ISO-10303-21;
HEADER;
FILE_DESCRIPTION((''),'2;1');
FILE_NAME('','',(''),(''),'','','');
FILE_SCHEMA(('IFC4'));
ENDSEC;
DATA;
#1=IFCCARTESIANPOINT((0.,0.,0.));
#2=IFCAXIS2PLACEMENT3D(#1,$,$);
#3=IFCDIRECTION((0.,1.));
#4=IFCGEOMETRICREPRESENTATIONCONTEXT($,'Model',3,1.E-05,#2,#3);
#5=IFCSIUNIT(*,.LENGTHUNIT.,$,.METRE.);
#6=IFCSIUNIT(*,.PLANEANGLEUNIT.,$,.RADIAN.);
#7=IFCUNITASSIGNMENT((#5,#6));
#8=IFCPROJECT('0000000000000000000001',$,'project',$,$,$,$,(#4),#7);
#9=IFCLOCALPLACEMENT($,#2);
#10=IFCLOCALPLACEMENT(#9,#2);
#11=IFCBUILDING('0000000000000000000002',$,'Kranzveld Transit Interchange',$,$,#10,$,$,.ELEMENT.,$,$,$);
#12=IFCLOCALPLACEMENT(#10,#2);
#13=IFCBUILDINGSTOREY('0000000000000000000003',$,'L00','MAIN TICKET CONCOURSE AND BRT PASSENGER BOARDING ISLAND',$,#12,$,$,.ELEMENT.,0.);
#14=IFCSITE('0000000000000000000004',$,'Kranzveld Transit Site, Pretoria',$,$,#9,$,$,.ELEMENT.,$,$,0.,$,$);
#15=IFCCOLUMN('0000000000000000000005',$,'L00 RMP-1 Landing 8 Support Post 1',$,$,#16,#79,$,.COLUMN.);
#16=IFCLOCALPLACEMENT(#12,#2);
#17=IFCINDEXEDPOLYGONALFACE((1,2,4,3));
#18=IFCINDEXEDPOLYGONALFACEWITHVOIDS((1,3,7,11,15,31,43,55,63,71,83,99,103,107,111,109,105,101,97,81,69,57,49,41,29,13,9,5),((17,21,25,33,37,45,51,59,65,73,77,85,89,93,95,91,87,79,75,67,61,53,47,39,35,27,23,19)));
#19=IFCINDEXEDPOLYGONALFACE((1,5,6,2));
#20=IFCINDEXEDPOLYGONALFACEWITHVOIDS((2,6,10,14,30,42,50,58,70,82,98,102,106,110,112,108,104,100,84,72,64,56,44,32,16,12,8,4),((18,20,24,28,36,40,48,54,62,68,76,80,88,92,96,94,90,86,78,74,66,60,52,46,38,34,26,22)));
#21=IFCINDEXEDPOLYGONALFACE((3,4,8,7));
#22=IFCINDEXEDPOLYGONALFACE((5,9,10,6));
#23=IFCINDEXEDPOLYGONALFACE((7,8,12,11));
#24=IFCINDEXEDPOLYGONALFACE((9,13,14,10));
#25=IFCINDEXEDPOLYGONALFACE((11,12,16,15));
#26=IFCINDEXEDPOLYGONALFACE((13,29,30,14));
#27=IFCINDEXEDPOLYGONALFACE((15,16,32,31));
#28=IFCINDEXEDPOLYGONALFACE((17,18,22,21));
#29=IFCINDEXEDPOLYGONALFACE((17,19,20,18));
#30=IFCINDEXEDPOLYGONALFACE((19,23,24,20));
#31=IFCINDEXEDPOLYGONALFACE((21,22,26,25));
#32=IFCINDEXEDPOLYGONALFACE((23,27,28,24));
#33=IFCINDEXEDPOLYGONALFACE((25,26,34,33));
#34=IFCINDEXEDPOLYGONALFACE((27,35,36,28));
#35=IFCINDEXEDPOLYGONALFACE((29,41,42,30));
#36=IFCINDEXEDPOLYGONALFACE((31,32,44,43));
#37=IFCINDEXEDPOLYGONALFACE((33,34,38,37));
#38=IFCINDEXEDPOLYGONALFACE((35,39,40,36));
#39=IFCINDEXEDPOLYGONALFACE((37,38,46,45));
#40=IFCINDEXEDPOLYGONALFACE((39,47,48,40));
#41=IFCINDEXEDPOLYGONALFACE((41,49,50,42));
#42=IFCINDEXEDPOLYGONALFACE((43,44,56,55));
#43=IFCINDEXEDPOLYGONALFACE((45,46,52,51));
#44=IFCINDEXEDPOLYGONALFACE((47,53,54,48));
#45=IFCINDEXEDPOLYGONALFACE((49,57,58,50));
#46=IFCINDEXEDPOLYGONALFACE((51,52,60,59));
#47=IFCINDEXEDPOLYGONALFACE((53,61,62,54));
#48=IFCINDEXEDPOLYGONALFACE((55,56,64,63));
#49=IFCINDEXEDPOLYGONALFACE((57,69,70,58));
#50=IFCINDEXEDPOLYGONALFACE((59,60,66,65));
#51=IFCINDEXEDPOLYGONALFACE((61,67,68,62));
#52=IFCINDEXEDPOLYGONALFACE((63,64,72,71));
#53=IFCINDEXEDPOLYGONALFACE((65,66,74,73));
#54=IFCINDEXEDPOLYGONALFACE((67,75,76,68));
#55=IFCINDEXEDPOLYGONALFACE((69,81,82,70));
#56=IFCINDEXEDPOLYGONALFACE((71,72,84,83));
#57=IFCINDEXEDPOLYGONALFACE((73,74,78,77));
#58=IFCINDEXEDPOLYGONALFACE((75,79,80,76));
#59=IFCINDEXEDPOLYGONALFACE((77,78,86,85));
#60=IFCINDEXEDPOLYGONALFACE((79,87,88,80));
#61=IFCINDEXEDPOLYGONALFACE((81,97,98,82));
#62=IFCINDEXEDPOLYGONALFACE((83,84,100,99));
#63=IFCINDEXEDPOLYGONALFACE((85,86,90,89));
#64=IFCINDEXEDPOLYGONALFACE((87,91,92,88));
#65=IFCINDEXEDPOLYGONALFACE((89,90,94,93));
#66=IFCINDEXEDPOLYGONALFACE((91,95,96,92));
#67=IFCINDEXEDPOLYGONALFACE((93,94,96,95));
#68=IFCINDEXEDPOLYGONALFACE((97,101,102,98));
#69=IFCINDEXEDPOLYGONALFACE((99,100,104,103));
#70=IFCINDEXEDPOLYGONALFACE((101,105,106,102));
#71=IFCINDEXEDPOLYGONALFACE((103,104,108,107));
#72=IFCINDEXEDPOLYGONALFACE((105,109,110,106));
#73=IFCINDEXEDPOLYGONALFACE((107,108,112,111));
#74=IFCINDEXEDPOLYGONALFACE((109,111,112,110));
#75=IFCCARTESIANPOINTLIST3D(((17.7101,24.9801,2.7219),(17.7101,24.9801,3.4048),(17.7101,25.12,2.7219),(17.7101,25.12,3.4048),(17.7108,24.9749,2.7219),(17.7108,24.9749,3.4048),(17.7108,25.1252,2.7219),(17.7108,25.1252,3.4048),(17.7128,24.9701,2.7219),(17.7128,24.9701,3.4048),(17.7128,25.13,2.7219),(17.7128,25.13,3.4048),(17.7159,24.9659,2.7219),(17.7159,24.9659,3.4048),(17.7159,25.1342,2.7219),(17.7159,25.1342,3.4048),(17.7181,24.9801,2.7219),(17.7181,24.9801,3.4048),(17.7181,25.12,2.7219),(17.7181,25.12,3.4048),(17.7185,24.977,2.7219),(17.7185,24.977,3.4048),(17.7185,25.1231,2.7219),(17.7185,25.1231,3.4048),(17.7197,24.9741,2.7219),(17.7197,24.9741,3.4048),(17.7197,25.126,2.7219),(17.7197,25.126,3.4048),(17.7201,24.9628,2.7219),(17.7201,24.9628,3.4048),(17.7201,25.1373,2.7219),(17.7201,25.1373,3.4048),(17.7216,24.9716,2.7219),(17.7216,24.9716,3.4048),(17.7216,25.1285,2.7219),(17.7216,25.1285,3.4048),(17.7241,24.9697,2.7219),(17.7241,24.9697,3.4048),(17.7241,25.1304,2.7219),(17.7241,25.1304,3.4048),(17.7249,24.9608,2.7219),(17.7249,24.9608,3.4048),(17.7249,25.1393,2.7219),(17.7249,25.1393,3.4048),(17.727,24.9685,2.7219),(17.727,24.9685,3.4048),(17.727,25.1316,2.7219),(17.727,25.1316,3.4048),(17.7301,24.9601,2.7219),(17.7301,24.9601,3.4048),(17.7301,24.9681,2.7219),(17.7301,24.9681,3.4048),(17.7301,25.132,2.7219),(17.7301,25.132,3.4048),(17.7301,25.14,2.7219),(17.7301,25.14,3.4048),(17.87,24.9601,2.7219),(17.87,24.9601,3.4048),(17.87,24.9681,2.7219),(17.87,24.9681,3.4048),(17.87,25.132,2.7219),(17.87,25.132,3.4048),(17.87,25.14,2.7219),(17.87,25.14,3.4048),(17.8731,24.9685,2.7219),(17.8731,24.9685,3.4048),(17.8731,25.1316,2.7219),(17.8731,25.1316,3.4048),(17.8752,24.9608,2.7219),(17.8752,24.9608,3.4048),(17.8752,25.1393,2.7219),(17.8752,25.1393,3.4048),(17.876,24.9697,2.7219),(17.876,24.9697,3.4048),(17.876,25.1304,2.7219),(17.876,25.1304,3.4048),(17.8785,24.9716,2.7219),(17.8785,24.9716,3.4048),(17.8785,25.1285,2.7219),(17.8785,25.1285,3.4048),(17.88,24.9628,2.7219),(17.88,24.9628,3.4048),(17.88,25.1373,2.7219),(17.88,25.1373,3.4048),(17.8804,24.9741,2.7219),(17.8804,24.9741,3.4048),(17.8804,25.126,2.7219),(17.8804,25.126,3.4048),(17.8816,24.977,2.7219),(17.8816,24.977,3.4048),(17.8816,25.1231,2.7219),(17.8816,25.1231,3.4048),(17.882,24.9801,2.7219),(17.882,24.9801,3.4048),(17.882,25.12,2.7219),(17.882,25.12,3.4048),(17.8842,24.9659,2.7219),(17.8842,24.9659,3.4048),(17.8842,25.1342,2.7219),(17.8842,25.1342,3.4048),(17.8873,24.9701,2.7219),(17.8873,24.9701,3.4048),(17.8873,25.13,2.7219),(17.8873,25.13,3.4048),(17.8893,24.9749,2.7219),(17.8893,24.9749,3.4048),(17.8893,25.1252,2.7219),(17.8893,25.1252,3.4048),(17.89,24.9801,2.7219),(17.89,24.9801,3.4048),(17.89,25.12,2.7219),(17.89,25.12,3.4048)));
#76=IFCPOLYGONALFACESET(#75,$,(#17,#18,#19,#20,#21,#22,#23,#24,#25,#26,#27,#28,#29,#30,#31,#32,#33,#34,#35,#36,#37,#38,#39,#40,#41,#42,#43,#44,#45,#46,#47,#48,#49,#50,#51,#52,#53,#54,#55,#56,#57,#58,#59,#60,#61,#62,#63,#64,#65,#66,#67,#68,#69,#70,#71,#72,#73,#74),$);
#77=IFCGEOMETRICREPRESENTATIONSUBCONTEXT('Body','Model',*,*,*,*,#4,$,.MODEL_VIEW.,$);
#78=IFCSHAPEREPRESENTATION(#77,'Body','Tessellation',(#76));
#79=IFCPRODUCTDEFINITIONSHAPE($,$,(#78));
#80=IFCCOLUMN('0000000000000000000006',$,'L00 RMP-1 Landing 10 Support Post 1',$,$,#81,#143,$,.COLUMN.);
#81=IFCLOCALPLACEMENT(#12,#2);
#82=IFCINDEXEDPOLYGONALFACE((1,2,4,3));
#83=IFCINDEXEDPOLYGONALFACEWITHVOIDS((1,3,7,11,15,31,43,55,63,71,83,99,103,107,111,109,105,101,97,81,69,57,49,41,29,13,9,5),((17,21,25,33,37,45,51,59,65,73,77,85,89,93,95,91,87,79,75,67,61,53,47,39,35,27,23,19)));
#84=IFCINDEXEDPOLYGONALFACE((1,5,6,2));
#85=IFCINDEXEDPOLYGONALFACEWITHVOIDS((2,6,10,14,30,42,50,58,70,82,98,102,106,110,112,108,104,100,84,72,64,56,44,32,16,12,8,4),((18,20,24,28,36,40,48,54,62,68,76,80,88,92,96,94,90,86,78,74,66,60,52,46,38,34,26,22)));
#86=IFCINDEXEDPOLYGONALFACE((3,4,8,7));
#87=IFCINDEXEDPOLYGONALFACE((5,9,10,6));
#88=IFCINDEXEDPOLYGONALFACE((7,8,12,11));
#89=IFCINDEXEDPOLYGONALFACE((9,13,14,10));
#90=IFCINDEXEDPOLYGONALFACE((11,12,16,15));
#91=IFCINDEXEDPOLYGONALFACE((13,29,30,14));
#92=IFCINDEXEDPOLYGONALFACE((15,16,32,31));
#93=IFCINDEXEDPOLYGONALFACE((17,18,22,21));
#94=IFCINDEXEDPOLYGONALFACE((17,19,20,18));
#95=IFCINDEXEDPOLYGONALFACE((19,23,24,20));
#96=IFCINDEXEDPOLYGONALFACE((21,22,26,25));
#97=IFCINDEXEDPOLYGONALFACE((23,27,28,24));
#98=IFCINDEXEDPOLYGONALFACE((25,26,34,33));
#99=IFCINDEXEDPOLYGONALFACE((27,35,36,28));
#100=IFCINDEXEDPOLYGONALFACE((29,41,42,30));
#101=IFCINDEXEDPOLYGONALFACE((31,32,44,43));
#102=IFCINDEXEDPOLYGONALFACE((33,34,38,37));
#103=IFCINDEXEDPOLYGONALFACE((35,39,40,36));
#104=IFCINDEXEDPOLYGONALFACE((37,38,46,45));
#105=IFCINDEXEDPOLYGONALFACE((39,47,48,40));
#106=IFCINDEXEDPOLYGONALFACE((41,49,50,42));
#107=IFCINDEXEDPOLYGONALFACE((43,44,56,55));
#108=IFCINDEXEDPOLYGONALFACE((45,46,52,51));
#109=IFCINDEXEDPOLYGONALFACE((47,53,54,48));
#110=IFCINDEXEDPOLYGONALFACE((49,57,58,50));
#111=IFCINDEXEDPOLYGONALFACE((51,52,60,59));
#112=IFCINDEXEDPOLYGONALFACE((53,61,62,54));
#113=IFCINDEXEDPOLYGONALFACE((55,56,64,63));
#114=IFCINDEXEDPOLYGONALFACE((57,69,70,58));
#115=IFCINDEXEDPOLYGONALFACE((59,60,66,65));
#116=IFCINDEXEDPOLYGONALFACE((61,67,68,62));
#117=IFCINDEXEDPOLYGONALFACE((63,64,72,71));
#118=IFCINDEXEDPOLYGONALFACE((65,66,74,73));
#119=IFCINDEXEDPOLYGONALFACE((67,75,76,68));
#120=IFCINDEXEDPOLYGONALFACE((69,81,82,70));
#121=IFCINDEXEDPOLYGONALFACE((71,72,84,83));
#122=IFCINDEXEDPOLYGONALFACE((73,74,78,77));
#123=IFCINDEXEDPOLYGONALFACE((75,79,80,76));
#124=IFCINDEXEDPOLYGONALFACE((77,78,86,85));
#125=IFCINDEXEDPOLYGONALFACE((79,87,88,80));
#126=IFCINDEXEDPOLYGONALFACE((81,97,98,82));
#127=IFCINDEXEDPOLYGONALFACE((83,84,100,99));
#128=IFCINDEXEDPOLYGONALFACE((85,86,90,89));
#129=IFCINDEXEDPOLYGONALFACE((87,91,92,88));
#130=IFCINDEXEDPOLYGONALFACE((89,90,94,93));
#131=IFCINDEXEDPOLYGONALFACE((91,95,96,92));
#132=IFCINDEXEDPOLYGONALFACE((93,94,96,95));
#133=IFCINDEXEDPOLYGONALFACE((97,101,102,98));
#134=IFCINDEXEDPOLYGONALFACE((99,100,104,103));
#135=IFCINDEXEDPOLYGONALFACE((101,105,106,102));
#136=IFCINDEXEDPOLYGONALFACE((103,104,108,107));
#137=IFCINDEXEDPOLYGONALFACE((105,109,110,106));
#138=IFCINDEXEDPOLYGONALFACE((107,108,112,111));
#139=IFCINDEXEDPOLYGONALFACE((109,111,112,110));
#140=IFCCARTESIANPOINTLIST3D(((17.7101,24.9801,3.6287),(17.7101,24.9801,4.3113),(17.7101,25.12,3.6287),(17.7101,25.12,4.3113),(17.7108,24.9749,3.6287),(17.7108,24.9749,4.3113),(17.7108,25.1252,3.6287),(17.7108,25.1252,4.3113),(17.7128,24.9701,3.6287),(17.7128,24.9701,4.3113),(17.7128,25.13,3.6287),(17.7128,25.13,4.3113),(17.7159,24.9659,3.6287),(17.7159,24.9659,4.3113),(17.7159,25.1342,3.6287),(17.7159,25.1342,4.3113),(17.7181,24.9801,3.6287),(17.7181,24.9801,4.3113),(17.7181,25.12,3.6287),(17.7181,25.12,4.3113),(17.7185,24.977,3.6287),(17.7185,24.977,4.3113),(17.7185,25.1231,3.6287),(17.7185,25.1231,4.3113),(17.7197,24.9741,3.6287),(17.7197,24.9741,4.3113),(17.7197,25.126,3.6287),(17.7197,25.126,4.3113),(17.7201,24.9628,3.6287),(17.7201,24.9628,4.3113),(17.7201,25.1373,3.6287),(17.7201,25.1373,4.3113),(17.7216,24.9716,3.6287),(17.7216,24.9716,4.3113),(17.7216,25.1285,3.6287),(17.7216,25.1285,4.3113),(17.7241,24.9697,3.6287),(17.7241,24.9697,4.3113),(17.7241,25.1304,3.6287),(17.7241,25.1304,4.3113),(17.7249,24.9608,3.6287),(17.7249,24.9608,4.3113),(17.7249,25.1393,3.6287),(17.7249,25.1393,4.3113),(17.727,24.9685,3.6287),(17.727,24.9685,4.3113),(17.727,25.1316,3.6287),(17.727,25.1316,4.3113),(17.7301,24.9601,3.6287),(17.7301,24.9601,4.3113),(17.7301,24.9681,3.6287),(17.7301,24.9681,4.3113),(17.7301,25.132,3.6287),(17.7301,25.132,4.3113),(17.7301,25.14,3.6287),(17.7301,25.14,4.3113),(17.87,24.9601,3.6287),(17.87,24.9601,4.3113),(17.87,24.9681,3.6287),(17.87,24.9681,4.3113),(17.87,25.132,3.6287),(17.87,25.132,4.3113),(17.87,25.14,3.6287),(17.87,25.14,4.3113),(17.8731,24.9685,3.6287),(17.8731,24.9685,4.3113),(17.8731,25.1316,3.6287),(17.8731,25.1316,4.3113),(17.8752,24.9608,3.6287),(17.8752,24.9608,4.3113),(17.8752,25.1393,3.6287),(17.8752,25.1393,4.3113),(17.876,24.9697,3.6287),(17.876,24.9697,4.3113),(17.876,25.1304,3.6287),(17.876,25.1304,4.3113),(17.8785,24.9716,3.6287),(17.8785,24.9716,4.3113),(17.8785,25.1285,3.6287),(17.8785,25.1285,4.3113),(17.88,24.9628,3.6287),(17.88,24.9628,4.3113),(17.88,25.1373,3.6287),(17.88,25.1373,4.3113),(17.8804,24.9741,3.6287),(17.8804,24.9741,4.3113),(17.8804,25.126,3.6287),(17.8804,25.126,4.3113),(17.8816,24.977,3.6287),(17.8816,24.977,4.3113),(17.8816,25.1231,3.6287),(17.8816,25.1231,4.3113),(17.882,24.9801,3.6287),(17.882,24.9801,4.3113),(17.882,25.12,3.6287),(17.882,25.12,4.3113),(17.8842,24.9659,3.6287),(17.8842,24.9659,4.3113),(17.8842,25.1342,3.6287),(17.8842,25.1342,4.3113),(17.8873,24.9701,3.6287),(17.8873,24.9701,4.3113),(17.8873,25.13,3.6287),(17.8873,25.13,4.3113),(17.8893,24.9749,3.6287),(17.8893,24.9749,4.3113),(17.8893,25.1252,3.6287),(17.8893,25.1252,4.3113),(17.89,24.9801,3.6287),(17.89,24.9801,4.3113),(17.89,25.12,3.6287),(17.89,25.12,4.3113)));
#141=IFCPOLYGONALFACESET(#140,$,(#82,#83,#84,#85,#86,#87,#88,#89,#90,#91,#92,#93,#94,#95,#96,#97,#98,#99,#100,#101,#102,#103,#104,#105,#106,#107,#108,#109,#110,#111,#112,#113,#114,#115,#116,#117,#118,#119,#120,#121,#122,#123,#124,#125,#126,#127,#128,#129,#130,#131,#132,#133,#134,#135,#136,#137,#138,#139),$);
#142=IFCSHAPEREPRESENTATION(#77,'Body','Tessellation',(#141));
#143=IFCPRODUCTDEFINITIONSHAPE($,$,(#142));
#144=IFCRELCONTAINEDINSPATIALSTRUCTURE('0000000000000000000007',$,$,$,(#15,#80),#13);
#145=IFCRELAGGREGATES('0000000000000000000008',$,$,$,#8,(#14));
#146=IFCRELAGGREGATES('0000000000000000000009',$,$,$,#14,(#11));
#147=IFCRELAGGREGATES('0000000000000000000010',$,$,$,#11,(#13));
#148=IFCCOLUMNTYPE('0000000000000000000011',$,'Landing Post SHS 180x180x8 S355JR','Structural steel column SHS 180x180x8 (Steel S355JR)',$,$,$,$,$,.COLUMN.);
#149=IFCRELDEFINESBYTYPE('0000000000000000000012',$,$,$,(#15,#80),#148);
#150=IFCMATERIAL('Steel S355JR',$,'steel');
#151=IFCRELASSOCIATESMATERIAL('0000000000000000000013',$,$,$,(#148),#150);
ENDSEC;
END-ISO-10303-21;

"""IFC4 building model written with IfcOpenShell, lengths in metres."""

from ifc_helpers import new_model, si_unit, direction, frame, origin, origin_2d, place, context, subcontext, project, spatial, hollow_rectangle, extrude, material, material_profile, profile_set, type_object, element, save


model = new_model("IFC4")

# Units and contexts
model_context = context("Model", 3, precision=1e-05, world=origin(), true_north=direction((0.0, 1.0)))
body_context = subcontext(model_context, "Body", "Model", "MODEL_VIEW")
ifc_project = project(units=[si_unit("LENGTHUNIT", "METRE"), si_unit("PLANEANGLEUNIT", "RADIAN")], contexts=[model_context])

# Site, building, storey
site_placement = place(None, origin())
site = spatial("IfcSite", under=ifc_project, at=site_placement, Name="Kranzveld Transit Site, Pretoria", CompositionType="ELEMENT", RefElevation=0.0)
building_placement = place(site_placement, origin())
building = spatial("IfcBuilding", under=site, at=building_placement, Name="Kranzveld Transit Interchange", CompositionType="ELEMENT")
storey_placement = place(building_placement, origin())
storey = spatial("IfcBuildingStorey", under=building, at=storey_placement, Name="L00", Description="MAIN TICKET CONCOURSE AND BRT PASSENGER BOARDING ISLAND", CompositionType="ELEMENT", Elevation=0.0)

# Columns
ifc_material_1 = material(Name="Steel S355JR", Category="steel")
ifc_material_profile_1 = material_profile(ifc_material_1, hollow_rectangle(XDim=0.1799, YDim=0.1799, WallThickness=0.0081, InnerFilletRadius=0.012, OuterFilletRadius=0.02, at=origin_2d()), Name="SHS 180x180x8")
ifc_profile_set_1 = profile_set([ifc_material_profile_1], Name="Steel S355JR")
column_type_1 = type_object("IfcColumnType", Name="Landing Post SHS 180x180x8 S355JR", Description="Structural steel column SHS 180x180x8 (Steel S355JR)", PredefinedType="COLUMN", material=ifc_profile_set_1)
column_1_placement = place(storey_placement, frame((17.8, 25.05, 2.7219), z_axis=(0.0, 0.0, 1.0), x_axis=(1.0, 0.0, 0.0)))
element("IfcColumn", 1, at=column_1_placement, inside=storey, type_object=column_type_1, Name="L00 RMP-1 Landing 8 Support Post 1", PredefinedType="COLUMN", context=body_context, shape_type="SweptSolid", body=[
    extrude(hollow_rectangle(XDim=0.1799, YDim=0.1799, WallThickness=0.0081, InnerFilletRadius=0.012, OuterFilletRadius=0.02, at=origin_2d()), origin(), (0.0, 0.0, 1.0), 0.6829),
])
column_2_placement = place(storey_placement, frame((17.8, 25.05, 3.6287), z_axis=(0.0, 0.0, 1.0), x_axis=(1.0, 0.0, 0.0)))
element("IfcColumn", 2, at=column_2_placement, inside=storey, type_object=column_type_1, Name="L00 RMP-1 Landing 10 Support Post 1", PredefinedType="COLUMN", context=body_context, shape_type="SweptSolid", body=[
    extrude(hollow_rectangle(XDim=0.1799, YDim=0.1799, WallThickness=0.0081, InnerFilletRadius=0.012, OuterFilletRadius=0.02, at=origin_2d()), origin(), (0.0, 0.0, 1.0), 0.6826),
])

save(model, "model.ifc")
